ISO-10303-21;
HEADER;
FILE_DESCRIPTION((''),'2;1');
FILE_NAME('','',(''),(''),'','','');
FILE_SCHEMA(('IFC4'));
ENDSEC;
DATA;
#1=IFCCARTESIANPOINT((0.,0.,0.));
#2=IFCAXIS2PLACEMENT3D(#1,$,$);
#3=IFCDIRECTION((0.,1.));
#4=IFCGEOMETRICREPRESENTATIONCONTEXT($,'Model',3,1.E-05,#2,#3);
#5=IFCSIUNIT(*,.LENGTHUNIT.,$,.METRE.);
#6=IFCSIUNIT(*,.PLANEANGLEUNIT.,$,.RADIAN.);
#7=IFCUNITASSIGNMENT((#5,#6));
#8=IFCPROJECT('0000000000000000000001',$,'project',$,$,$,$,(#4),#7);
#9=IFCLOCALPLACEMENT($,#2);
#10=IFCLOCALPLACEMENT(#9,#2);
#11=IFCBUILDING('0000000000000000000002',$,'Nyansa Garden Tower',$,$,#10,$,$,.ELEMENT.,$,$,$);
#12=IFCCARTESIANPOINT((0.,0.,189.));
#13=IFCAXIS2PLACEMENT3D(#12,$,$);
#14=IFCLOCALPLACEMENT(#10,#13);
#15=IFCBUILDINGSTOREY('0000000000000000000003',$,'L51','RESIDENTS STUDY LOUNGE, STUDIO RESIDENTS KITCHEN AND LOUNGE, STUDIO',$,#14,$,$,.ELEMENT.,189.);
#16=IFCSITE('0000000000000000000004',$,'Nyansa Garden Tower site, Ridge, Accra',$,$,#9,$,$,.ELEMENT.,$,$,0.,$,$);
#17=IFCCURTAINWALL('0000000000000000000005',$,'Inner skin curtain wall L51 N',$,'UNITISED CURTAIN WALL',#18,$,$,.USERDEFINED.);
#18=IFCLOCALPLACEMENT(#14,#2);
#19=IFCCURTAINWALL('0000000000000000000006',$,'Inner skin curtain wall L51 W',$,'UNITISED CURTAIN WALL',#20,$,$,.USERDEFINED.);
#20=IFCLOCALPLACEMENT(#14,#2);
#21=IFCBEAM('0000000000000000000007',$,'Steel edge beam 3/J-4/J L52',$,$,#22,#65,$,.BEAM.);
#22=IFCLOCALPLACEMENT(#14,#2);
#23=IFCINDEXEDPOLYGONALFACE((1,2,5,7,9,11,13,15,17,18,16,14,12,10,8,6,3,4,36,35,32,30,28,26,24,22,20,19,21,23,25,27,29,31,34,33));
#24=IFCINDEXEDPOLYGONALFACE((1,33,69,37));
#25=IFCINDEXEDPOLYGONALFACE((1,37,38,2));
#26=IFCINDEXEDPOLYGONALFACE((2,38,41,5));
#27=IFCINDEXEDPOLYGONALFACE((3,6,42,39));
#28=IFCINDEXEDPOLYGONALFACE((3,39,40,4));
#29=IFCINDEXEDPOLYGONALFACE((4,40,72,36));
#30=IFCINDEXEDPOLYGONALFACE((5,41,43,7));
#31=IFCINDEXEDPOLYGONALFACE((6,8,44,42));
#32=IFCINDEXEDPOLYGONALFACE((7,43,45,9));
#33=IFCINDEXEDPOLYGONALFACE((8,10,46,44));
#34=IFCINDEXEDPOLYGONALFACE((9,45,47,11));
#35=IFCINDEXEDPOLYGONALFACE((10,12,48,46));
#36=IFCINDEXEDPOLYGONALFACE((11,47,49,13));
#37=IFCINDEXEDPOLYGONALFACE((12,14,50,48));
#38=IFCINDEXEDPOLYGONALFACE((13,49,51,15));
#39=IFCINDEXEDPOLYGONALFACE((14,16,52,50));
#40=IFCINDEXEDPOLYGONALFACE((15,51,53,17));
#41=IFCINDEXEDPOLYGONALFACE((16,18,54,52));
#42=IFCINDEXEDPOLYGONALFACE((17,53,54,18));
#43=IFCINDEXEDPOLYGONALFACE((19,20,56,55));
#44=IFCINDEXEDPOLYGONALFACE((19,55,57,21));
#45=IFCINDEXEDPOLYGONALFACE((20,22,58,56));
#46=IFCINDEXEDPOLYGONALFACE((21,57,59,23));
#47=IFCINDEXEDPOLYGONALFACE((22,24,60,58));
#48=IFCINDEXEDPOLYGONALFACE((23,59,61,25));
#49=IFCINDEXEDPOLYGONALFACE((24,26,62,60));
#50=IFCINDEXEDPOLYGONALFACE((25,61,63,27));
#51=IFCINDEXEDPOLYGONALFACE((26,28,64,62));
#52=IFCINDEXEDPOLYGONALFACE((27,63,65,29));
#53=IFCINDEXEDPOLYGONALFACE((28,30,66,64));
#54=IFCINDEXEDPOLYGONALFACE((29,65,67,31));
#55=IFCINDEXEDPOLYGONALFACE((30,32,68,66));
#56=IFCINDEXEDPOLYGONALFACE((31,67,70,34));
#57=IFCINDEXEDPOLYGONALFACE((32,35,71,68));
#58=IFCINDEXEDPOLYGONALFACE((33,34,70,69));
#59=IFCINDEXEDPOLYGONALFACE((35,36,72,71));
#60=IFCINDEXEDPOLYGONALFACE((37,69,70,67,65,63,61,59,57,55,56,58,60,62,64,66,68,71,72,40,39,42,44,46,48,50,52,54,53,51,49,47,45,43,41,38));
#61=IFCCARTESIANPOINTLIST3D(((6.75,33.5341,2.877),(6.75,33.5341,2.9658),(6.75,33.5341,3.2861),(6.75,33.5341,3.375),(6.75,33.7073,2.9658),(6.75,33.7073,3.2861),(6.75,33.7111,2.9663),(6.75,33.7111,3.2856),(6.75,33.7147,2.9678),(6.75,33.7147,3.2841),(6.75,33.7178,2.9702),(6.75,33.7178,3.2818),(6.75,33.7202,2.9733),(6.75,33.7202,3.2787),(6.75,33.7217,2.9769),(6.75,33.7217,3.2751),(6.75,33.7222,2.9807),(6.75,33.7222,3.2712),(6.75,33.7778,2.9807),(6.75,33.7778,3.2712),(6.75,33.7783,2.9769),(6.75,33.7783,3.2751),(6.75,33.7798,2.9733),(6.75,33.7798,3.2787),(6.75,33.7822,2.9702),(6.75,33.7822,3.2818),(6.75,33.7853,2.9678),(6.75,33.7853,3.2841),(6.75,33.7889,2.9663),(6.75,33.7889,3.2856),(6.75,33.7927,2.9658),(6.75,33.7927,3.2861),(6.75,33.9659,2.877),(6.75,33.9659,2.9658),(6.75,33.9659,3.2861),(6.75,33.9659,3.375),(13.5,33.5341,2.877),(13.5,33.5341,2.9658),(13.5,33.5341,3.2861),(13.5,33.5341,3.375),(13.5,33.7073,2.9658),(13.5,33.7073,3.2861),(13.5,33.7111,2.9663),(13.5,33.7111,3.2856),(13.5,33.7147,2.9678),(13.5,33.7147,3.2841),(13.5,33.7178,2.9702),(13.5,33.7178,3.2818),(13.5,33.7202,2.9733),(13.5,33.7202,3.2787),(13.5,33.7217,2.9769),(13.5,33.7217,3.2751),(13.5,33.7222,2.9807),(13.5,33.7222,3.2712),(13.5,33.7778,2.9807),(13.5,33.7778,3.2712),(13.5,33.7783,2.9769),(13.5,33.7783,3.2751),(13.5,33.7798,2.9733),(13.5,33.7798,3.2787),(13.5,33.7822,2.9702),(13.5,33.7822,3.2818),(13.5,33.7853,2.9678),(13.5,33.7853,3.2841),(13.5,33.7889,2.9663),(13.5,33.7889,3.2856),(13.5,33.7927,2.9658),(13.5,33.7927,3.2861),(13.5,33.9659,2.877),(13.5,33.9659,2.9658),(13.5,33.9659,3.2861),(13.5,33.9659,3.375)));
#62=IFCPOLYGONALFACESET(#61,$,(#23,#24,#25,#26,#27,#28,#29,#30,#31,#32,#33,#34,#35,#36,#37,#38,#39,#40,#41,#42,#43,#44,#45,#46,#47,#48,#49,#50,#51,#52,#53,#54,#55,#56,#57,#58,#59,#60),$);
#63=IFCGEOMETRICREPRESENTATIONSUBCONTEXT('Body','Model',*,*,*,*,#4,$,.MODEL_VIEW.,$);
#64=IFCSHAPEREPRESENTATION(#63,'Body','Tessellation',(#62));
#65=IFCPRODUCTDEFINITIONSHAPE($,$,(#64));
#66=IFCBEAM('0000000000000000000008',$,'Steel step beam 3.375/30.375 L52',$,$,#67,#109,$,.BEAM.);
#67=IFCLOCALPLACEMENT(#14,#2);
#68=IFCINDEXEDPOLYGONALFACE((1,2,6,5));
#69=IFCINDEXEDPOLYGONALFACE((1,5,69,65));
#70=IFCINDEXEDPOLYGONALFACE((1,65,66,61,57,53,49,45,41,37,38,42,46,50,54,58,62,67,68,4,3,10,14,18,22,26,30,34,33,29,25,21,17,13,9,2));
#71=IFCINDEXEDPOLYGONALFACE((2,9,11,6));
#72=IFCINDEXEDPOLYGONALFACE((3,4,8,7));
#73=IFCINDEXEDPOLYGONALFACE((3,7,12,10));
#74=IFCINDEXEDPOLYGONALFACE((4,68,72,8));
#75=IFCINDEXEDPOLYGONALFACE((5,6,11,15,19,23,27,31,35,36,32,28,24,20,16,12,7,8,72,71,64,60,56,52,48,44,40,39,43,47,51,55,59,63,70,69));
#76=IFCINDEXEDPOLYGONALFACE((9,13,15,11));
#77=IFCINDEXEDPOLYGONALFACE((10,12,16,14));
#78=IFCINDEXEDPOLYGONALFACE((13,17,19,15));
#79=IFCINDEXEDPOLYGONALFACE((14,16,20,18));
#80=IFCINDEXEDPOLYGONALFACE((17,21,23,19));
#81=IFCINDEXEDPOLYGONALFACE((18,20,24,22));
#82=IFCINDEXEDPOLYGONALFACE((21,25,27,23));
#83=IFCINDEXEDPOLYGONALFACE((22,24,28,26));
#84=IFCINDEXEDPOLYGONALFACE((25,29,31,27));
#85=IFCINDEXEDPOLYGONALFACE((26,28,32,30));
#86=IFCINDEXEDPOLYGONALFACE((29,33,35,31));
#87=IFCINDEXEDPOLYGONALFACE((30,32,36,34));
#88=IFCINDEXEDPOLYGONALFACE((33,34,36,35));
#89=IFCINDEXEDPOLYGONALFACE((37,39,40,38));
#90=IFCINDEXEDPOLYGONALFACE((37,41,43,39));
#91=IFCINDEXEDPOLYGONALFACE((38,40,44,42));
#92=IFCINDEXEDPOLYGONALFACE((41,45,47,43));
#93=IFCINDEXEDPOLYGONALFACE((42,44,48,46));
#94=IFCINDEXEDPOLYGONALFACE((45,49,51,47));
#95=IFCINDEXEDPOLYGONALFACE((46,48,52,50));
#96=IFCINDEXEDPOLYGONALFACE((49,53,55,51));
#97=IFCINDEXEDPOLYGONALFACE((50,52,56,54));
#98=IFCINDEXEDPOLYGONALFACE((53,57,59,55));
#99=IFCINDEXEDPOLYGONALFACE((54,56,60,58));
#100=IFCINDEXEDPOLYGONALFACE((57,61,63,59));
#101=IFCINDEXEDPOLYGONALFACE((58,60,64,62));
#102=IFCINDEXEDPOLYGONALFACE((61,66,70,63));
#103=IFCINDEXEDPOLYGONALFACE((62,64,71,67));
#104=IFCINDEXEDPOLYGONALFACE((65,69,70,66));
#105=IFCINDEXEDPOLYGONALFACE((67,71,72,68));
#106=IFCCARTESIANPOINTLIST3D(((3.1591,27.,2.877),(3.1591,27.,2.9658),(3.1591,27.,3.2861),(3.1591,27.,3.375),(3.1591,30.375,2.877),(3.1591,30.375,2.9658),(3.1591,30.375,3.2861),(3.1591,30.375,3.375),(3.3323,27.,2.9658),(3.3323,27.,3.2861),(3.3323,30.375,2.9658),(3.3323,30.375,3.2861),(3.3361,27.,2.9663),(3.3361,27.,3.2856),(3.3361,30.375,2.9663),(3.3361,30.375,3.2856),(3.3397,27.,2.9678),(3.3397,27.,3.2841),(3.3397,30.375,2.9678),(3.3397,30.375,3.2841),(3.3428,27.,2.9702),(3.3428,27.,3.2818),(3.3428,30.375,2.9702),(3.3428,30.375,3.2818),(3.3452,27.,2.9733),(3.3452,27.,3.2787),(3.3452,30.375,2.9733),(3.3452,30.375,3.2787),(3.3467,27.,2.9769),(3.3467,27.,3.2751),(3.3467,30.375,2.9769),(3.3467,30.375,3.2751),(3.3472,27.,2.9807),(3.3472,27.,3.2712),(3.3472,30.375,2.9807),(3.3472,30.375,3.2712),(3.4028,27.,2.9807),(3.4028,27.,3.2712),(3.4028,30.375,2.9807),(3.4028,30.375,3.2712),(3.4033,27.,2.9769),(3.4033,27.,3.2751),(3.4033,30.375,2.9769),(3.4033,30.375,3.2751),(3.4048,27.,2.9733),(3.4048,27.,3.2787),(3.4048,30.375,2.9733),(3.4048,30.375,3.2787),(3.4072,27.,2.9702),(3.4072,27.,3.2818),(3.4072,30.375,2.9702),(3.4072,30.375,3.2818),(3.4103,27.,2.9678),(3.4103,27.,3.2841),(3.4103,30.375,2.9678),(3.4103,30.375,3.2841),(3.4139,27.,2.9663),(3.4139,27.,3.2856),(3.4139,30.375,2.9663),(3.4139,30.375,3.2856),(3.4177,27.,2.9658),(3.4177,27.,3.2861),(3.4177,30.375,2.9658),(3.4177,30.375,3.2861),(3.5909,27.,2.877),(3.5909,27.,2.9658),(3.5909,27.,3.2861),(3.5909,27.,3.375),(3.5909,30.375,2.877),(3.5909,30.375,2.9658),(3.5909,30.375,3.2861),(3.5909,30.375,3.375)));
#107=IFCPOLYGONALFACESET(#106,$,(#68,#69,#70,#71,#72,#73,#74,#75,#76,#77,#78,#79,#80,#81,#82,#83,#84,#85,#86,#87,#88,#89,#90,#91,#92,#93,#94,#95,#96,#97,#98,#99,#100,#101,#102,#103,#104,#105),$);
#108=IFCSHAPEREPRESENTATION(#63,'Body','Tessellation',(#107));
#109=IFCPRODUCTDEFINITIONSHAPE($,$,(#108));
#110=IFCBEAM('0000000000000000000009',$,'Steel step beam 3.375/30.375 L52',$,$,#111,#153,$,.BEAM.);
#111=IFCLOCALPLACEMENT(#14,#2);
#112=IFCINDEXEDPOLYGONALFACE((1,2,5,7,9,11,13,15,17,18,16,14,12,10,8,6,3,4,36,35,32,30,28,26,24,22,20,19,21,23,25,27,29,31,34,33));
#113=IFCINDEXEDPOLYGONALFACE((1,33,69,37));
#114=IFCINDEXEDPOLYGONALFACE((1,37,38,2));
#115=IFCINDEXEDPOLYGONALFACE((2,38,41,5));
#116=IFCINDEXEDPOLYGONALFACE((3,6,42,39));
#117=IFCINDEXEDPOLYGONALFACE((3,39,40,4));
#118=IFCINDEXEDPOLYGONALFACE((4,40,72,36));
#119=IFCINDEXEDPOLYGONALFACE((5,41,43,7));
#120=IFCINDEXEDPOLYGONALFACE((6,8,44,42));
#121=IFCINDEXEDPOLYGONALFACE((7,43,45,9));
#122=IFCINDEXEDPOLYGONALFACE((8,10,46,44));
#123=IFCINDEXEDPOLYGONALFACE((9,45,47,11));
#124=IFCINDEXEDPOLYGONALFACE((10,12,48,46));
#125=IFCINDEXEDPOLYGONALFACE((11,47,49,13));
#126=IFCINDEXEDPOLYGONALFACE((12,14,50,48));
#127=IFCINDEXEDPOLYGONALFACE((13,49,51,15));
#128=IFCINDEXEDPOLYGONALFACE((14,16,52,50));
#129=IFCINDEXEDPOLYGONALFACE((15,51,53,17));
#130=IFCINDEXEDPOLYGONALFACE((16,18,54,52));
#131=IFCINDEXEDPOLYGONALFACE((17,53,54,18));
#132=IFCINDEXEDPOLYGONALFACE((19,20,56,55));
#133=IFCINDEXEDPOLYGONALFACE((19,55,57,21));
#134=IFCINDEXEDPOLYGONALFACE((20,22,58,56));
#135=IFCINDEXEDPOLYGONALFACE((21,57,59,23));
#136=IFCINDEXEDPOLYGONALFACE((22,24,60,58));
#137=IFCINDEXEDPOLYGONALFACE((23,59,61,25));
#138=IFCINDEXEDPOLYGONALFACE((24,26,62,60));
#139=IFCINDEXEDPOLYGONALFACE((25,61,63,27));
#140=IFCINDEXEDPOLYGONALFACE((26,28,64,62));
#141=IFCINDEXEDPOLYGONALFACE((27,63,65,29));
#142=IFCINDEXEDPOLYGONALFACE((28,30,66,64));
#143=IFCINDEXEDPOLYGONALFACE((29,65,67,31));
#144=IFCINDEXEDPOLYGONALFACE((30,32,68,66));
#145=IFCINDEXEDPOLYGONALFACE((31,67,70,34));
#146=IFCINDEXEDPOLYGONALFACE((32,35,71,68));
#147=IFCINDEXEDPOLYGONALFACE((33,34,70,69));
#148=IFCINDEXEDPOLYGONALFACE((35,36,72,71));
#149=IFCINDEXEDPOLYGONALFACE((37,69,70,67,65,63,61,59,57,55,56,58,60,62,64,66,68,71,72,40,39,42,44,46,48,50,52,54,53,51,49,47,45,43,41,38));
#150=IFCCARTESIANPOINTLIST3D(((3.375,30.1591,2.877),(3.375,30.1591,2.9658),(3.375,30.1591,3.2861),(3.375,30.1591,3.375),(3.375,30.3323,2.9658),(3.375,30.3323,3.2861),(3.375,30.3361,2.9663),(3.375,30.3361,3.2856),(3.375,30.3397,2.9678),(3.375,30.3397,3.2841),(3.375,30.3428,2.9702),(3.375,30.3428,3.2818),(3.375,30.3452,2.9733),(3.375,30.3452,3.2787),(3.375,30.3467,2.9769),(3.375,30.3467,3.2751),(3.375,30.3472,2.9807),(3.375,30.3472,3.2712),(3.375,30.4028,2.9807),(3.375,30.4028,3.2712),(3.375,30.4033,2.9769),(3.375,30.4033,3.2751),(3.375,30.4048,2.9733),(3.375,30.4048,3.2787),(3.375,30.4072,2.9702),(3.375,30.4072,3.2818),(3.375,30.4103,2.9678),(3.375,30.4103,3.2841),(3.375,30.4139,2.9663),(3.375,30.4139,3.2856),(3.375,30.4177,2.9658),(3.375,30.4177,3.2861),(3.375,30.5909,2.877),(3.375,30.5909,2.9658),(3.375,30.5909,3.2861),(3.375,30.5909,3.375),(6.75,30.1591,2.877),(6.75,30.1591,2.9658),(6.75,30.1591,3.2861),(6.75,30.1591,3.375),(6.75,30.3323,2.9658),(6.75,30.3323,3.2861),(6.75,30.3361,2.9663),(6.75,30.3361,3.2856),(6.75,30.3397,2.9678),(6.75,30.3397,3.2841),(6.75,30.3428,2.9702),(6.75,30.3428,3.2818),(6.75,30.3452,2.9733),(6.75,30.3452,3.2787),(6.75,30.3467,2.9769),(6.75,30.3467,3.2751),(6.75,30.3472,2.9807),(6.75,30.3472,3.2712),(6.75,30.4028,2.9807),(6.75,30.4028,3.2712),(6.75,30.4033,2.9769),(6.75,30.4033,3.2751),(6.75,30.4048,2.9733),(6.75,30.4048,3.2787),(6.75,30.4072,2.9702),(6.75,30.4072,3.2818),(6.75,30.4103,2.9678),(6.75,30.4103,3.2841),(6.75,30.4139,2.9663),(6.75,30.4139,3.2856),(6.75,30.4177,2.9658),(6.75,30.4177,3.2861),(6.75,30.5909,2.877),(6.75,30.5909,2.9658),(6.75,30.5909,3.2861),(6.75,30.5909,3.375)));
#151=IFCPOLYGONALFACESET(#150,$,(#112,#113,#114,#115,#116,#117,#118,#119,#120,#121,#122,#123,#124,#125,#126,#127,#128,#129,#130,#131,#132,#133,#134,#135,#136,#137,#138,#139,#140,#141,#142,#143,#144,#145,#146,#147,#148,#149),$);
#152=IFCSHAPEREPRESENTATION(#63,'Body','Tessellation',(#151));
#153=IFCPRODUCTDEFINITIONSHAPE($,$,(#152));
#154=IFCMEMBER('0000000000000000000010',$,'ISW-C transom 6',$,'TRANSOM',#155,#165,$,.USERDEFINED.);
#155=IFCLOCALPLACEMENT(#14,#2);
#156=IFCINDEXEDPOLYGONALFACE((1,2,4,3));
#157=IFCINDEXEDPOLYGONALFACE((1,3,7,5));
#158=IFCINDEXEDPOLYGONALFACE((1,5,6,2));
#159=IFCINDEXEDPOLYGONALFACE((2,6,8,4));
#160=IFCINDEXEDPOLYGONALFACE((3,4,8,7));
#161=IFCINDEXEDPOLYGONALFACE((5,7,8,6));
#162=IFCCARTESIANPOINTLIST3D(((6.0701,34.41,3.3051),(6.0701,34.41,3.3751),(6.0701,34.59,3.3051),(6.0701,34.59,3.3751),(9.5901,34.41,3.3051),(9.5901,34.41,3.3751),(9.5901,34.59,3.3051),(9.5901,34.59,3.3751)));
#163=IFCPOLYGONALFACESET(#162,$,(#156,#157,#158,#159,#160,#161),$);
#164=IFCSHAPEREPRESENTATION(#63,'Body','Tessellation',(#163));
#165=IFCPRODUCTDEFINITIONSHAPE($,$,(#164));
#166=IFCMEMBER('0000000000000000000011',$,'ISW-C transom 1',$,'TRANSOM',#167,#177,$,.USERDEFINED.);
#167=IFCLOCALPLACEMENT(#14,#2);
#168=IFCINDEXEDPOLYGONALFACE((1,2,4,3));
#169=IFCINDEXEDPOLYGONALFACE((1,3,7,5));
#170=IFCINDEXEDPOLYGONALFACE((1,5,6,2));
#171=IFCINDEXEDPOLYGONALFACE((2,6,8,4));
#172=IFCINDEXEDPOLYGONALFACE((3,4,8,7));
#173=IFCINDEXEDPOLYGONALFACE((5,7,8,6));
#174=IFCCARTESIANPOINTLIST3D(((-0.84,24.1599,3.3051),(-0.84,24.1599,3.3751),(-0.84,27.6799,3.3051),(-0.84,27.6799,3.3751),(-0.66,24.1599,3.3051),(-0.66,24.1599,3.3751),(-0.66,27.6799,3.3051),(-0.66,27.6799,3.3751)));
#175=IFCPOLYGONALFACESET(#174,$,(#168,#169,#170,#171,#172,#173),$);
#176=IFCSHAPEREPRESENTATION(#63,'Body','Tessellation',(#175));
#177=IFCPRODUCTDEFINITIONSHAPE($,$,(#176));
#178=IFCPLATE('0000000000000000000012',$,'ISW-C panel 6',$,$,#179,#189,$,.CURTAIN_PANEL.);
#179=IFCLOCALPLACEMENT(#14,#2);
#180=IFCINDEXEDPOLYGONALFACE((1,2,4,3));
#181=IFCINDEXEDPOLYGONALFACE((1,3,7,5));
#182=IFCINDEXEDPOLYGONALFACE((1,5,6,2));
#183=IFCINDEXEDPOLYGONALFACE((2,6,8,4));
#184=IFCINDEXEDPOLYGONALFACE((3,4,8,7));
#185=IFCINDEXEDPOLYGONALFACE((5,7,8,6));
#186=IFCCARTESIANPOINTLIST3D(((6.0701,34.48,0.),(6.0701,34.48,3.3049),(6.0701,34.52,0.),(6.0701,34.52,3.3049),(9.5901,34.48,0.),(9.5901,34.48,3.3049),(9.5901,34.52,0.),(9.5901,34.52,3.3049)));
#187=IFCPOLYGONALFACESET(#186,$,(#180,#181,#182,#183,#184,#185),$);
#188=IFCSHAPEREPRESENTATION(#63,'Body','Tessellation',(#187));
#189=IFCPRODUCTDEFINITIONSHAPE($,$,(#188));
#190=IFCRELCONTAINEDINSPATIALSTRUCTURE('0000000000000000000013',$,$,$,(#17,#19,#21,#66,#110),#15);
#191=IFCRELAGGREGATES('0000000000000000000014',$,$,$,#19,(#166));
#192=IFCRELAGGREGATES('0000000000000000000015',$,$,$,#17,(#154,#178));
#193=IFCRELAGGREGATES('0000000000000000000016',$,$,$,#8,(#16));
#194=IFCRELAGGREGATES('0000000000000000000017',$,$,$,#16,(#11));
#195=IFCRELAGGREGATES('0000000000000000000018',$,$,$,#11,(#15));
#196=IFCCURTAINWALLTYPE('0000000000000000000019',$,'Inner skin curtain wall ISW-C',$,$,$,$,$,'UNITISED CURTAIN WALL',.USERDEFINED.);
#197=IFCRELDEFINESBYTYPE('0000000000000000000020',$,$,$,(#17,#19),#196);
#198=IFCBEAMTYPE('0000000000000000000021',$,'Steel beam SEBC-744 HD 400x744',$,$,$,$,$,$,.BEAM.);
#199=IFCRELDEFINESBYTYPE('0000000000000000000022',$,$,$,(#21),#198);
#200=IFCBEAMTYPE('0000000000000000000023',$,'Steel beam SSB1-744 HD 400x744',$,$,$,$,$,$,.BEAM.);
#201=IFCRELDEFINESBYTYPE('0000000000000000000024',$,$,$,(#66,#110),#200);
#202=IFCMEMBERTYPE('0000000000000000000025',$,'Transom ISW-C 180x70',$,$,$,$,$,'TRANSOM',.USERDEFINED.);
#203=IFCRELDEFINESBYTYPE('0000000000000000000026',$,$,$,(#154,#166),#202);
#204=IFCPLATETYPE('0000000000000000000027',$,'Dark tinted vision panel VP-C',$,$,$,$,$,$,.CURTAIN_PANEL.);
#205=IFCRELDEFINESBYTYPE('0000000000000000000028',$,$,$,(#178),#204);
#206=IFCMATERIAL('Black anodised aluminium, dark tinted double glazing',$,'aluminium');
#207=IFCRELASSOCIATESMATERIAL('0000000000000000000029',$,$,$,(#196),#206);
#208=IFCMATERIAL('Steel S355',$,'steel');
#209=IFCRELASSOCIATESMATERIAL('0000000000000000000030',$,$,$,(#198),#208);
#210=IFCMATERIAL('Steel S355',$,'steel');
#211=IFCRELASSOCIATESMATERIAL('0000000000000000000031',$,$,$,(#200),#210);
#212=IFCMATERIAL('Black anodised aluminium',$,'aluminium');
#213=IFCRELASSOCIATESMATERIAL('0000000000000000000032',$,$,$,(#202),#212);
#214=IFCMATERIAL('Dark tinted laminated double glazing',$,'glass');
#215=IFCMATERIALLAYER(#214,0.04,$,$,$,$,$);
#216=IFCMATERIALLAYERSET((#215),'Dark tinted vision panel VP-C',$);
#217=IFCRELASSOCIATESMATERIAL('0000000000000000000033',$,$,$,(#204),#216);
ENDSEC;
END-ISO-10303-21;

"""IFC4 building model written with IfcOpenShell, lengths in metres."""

from ifc_helpers import new_model, si_unit, direction, frame, origin, origin_2d, place, context, subcontext, project, spatial, rectangle, i_section, extrude, material, layer, layer_set, material_profile, profile_set, type_object, element, aggregate, save


model = new_model("IFC4")

# Units and contexts
model_context = context("Model", 3, precision=1e-05, world=origin(), true_north=direction((0.0, 1.0)))
body_context = subcontext(model_context, "Body", "Model", "MODEL_VIEW")
ifc_project = project(units=[si_unit("LENGTHUNIT", "METRE"), si_unit("PLANEANGLEUNIT", "RADIAN")], contexts=[model_context])

# Site, building, storey
site_placement = place(None, origin())
site = spatial("IfcSite", under=ifc_project, at=site_placement, Name="Nyansa Garden Tower site, Ridge, Accra", CompositionType="ELEMENT", RefElevation=0.0)
building_placement = place(site_placement, origin())
building = spatial("IfcBuilding", under=site, at=building_placement, Name="Nyansa Garden Tower", CompositionType="ELEMENT")
storey_placement = place(building_placement, frame((0.0, 0.0, 189.0)))
storey = spatial("IfcBuildingStorey", under=building, at=storey_placement, Name="L51", Description="RESIDENTS STUDY LOUNGE, STUDIO RESIDENTS KITCHEN AND LOUNGE, STUDIO", CompositionType="ELEMENT", Elevation=189.0)

# Curtain wall
ifc_material_1 = material(Name="Black anodised aluminium, dark tinted double glazing", Category="aluminium")
curtain_wall_type = type_object("IfcCurtainWallType", Name="Inner skin curtain wall ISW-C", ElementType="UNITISED CURTAIN WALL", PredefinedType="USERDEFINED", material=ifc_material_1)
curtain_wall_1_placement = place(storey_placement, origin())
curtain_wall_1 = element("IfcCurtainWall", 1, at=curtain_wall_1_placement, inside=storey, type_object=curtain_wall_type, Name="Inner skin curtain wall L51 N", ObjectType="UNITISED CURTAIN WALL", PredefinedType="USERDEFINED")

# Curtain wall
curtain_wall_2_placement = place(storey_placement, origin())
curtain_wall_2 = element("IfcCurtainWall", 2, at=curtain_wall_2_placement, inside=storey, type_object=curtain_wall_type, Name="Inner skin curtain wall L51 W", ObjectType="UNITISED CURTAIN WALL", PredefinedType="USERDEFINED")

# Beams
ifc_material_2 = material(Name="Steel S355", Category="steel")
ifc_material_profile_1 = material_profile(ifc_material_2, i_section(OverallWidth=0.4319, OverallDepth=0.498, WebThickness=0.0557, FlangeThickness=0.0889, FilletRadius=0.0149, at=origin_2d()), Name="HD 400x744")
ifc_profile_set_1 = profile_set([ifc_material_profile_1], Name="Steel S355")
beam_type_1 = type_object("IfcBeamType", Name="Steel beam SEBC-744 HD 400x744", PredefinedType="BEAM", material=ifc_profile_set_1)
beam_1_placement = place(storey_placement, frame((6.75, 33.75, 3.126), z_axis=(1.0, 0.0, 0.0), x_axis=(0.0, 1.0, 0.0)))
element("IfcBeam", 3, at=beam_1_placement, inside=storey, type_object=beam_type_1, Name="Steel edge beam 3/J-4/J L52", PredefinedType="BEAM", context=body_context, shape_type="SweptSolid", body=[
    extrude(i_section(OverallWidth=0.4319, OverallDepth=0.498, WebThickness=0.0557, FlangeThickness=0.0889, FilletRadius=0.0149, at=origin_2d()), origin(), (0.0, 0.0, 1.0), 6.75),
])
ifc_material_3 = material(Name="Steel S355", Category="steel")
ifc_material_profile_2 = material_profile(ifc_material_3, i_section(OverallWidth=0.4319, OverallDepth=0.498, WebThickness=0.0557, FlangeThickness=0.0889, FilletRadius=0.0149, at=origin_2d()), Name="HD 400x744")
ifc_profile_set_2 = profile_set([ifc_material_profile_2], Name="Steel S355")
beam_type_2 = type_object("IfcBeamType", Name="Steel beam SSB1-744 HD 400x744", PredefinedType="BEAM", material=ifc_profile_set_2)
for number, where, z_axis, x_axis, name in (
    (4, (3.375, 30.375, 3.126), (0.0, -1.0, 0.0), (1.0, 0.0, 0.0), "Steel step beam 3.375/30.375 L52"),
    (5, (3.375, 30.375, 3.126), (1.0, 0.0, 0.0), (0.0, 1.0, 0.0), "Steel step beam 3.375/30.375 L52"),
):
    element("IfcBeam", number, at=place(storey_placement, frame(where, z_axis=z_axis, x_axis=x_axis)), inside=storey, type_object=beam_type_2, Name=name, PredefinedType="BEAM", context=body_context, shape_type="SweptSolid", body=[
        extrude(i_section(OverallWidth=0.4319, OverallDepth=0.498, WebThickness=0.0557, FlangeThickness=0.0889, FilletRadius=0.0149, at=origin_2d()), origin(), (0.0, 0.0, 1.0), 3.375),
    ])

# Members
ifc_material_4 = material(Name="Black anodised aluminium", Category="aluminium")
ifc_material_profile_3 = material_profile(ifc_material_4, rectangle(XDim=0.1799, YDim=0.0701, at=origin_2d()), Name="Transom 180x70")
ifc_profile_set_3 = profile_set([ifc_material_profile_3], Name="Black anodised aluminium")
member_type_1 = type_object("IfcMemberType", Name="Transom ISW-C 180x70", ElementType="TRANSOM", PredefinedType="USERDEFINED", material=ifc_profile_set_3)
member_1_placement = place(storey_placement, frame((9.5901, 34.5, 3.3401), z_axis=(-1.0, 0.0, 0.0), x_axis=(0.0, -1.0, 0.0)))
member_1 = element("IfcMember", 6, at=member_1_placement, type_object=member_type_1, Name="ISW-C transom 6", ObjectType="TRANSOM", PredefinedType="USERDEFINED", context=body_context, shape_type="SweptSolid", body=[
    extrude(rectangle(XDim=0.1799, YDim=0.0701, at=origin_2d()), origin(), (0.0, 0.0, 1.0), 3.52),
])
member_2_placement = place(storey_placement, frame((-0.75, 27.6799, 3.3401), z_axis=(0.0, -1.0, 0.0), x_axis=(1.0, 0.0, 0.0)))
member_2 = element("IfcMember", 7, at=member_2_placement, type_object=member_type_1, Name="ISW-C transom 1", ObjectType="TRANSOM", PredefinedType="USERDEFINED", context=body_context, shape_type="SweptSolid", body=[
    extrude(rectangle(XDim=0.1799, YDim=0.0701, at=origin_2d()), origin(), (0.0, 0.0, 1.0), 3.52),
])
aggregate(curtain_wall_2, [member_2])

# Plate
ifc_material_5 = material(Name="Dark tinted laminated double glazing", Category="glass")
ifc_layer_1 = layer(ifc_material_5, 0.04)
ifc_layer_set_1 = layer_set([ifc_layer_1], Name="Dark tinted vision panel VP-C")
plate_type = type_object("IfcPlateType", Name="Dark tinted vision panel VP-C", PredefinedType="CURTAIN_PANEL", material=ifc_layer_set_1)
plate_placement = place(storey_placement, frame((7.8301, 34.5, 0.0), z_axis=(0.0, 0.0, 1.0), x_axis=(-1.0, 0.0, 0.0)))
plate = element("IfcPlate", 8, at=plate_placement, type_object=plate_type, Name="ISW-C panel 6", PredefinedType="CURTAIN_PANEL", context=body_context, shape_type="SweptSolid", body=[
    extrude(rectangle(XDim=3.52, YDim=0.04, at=origin_2d()), origin(), (0.0, 0.0, 1.0), 3.3049),
])
aggregate(curtain_wall_1, [member_1, plate])

save(model, "model.ifc")
